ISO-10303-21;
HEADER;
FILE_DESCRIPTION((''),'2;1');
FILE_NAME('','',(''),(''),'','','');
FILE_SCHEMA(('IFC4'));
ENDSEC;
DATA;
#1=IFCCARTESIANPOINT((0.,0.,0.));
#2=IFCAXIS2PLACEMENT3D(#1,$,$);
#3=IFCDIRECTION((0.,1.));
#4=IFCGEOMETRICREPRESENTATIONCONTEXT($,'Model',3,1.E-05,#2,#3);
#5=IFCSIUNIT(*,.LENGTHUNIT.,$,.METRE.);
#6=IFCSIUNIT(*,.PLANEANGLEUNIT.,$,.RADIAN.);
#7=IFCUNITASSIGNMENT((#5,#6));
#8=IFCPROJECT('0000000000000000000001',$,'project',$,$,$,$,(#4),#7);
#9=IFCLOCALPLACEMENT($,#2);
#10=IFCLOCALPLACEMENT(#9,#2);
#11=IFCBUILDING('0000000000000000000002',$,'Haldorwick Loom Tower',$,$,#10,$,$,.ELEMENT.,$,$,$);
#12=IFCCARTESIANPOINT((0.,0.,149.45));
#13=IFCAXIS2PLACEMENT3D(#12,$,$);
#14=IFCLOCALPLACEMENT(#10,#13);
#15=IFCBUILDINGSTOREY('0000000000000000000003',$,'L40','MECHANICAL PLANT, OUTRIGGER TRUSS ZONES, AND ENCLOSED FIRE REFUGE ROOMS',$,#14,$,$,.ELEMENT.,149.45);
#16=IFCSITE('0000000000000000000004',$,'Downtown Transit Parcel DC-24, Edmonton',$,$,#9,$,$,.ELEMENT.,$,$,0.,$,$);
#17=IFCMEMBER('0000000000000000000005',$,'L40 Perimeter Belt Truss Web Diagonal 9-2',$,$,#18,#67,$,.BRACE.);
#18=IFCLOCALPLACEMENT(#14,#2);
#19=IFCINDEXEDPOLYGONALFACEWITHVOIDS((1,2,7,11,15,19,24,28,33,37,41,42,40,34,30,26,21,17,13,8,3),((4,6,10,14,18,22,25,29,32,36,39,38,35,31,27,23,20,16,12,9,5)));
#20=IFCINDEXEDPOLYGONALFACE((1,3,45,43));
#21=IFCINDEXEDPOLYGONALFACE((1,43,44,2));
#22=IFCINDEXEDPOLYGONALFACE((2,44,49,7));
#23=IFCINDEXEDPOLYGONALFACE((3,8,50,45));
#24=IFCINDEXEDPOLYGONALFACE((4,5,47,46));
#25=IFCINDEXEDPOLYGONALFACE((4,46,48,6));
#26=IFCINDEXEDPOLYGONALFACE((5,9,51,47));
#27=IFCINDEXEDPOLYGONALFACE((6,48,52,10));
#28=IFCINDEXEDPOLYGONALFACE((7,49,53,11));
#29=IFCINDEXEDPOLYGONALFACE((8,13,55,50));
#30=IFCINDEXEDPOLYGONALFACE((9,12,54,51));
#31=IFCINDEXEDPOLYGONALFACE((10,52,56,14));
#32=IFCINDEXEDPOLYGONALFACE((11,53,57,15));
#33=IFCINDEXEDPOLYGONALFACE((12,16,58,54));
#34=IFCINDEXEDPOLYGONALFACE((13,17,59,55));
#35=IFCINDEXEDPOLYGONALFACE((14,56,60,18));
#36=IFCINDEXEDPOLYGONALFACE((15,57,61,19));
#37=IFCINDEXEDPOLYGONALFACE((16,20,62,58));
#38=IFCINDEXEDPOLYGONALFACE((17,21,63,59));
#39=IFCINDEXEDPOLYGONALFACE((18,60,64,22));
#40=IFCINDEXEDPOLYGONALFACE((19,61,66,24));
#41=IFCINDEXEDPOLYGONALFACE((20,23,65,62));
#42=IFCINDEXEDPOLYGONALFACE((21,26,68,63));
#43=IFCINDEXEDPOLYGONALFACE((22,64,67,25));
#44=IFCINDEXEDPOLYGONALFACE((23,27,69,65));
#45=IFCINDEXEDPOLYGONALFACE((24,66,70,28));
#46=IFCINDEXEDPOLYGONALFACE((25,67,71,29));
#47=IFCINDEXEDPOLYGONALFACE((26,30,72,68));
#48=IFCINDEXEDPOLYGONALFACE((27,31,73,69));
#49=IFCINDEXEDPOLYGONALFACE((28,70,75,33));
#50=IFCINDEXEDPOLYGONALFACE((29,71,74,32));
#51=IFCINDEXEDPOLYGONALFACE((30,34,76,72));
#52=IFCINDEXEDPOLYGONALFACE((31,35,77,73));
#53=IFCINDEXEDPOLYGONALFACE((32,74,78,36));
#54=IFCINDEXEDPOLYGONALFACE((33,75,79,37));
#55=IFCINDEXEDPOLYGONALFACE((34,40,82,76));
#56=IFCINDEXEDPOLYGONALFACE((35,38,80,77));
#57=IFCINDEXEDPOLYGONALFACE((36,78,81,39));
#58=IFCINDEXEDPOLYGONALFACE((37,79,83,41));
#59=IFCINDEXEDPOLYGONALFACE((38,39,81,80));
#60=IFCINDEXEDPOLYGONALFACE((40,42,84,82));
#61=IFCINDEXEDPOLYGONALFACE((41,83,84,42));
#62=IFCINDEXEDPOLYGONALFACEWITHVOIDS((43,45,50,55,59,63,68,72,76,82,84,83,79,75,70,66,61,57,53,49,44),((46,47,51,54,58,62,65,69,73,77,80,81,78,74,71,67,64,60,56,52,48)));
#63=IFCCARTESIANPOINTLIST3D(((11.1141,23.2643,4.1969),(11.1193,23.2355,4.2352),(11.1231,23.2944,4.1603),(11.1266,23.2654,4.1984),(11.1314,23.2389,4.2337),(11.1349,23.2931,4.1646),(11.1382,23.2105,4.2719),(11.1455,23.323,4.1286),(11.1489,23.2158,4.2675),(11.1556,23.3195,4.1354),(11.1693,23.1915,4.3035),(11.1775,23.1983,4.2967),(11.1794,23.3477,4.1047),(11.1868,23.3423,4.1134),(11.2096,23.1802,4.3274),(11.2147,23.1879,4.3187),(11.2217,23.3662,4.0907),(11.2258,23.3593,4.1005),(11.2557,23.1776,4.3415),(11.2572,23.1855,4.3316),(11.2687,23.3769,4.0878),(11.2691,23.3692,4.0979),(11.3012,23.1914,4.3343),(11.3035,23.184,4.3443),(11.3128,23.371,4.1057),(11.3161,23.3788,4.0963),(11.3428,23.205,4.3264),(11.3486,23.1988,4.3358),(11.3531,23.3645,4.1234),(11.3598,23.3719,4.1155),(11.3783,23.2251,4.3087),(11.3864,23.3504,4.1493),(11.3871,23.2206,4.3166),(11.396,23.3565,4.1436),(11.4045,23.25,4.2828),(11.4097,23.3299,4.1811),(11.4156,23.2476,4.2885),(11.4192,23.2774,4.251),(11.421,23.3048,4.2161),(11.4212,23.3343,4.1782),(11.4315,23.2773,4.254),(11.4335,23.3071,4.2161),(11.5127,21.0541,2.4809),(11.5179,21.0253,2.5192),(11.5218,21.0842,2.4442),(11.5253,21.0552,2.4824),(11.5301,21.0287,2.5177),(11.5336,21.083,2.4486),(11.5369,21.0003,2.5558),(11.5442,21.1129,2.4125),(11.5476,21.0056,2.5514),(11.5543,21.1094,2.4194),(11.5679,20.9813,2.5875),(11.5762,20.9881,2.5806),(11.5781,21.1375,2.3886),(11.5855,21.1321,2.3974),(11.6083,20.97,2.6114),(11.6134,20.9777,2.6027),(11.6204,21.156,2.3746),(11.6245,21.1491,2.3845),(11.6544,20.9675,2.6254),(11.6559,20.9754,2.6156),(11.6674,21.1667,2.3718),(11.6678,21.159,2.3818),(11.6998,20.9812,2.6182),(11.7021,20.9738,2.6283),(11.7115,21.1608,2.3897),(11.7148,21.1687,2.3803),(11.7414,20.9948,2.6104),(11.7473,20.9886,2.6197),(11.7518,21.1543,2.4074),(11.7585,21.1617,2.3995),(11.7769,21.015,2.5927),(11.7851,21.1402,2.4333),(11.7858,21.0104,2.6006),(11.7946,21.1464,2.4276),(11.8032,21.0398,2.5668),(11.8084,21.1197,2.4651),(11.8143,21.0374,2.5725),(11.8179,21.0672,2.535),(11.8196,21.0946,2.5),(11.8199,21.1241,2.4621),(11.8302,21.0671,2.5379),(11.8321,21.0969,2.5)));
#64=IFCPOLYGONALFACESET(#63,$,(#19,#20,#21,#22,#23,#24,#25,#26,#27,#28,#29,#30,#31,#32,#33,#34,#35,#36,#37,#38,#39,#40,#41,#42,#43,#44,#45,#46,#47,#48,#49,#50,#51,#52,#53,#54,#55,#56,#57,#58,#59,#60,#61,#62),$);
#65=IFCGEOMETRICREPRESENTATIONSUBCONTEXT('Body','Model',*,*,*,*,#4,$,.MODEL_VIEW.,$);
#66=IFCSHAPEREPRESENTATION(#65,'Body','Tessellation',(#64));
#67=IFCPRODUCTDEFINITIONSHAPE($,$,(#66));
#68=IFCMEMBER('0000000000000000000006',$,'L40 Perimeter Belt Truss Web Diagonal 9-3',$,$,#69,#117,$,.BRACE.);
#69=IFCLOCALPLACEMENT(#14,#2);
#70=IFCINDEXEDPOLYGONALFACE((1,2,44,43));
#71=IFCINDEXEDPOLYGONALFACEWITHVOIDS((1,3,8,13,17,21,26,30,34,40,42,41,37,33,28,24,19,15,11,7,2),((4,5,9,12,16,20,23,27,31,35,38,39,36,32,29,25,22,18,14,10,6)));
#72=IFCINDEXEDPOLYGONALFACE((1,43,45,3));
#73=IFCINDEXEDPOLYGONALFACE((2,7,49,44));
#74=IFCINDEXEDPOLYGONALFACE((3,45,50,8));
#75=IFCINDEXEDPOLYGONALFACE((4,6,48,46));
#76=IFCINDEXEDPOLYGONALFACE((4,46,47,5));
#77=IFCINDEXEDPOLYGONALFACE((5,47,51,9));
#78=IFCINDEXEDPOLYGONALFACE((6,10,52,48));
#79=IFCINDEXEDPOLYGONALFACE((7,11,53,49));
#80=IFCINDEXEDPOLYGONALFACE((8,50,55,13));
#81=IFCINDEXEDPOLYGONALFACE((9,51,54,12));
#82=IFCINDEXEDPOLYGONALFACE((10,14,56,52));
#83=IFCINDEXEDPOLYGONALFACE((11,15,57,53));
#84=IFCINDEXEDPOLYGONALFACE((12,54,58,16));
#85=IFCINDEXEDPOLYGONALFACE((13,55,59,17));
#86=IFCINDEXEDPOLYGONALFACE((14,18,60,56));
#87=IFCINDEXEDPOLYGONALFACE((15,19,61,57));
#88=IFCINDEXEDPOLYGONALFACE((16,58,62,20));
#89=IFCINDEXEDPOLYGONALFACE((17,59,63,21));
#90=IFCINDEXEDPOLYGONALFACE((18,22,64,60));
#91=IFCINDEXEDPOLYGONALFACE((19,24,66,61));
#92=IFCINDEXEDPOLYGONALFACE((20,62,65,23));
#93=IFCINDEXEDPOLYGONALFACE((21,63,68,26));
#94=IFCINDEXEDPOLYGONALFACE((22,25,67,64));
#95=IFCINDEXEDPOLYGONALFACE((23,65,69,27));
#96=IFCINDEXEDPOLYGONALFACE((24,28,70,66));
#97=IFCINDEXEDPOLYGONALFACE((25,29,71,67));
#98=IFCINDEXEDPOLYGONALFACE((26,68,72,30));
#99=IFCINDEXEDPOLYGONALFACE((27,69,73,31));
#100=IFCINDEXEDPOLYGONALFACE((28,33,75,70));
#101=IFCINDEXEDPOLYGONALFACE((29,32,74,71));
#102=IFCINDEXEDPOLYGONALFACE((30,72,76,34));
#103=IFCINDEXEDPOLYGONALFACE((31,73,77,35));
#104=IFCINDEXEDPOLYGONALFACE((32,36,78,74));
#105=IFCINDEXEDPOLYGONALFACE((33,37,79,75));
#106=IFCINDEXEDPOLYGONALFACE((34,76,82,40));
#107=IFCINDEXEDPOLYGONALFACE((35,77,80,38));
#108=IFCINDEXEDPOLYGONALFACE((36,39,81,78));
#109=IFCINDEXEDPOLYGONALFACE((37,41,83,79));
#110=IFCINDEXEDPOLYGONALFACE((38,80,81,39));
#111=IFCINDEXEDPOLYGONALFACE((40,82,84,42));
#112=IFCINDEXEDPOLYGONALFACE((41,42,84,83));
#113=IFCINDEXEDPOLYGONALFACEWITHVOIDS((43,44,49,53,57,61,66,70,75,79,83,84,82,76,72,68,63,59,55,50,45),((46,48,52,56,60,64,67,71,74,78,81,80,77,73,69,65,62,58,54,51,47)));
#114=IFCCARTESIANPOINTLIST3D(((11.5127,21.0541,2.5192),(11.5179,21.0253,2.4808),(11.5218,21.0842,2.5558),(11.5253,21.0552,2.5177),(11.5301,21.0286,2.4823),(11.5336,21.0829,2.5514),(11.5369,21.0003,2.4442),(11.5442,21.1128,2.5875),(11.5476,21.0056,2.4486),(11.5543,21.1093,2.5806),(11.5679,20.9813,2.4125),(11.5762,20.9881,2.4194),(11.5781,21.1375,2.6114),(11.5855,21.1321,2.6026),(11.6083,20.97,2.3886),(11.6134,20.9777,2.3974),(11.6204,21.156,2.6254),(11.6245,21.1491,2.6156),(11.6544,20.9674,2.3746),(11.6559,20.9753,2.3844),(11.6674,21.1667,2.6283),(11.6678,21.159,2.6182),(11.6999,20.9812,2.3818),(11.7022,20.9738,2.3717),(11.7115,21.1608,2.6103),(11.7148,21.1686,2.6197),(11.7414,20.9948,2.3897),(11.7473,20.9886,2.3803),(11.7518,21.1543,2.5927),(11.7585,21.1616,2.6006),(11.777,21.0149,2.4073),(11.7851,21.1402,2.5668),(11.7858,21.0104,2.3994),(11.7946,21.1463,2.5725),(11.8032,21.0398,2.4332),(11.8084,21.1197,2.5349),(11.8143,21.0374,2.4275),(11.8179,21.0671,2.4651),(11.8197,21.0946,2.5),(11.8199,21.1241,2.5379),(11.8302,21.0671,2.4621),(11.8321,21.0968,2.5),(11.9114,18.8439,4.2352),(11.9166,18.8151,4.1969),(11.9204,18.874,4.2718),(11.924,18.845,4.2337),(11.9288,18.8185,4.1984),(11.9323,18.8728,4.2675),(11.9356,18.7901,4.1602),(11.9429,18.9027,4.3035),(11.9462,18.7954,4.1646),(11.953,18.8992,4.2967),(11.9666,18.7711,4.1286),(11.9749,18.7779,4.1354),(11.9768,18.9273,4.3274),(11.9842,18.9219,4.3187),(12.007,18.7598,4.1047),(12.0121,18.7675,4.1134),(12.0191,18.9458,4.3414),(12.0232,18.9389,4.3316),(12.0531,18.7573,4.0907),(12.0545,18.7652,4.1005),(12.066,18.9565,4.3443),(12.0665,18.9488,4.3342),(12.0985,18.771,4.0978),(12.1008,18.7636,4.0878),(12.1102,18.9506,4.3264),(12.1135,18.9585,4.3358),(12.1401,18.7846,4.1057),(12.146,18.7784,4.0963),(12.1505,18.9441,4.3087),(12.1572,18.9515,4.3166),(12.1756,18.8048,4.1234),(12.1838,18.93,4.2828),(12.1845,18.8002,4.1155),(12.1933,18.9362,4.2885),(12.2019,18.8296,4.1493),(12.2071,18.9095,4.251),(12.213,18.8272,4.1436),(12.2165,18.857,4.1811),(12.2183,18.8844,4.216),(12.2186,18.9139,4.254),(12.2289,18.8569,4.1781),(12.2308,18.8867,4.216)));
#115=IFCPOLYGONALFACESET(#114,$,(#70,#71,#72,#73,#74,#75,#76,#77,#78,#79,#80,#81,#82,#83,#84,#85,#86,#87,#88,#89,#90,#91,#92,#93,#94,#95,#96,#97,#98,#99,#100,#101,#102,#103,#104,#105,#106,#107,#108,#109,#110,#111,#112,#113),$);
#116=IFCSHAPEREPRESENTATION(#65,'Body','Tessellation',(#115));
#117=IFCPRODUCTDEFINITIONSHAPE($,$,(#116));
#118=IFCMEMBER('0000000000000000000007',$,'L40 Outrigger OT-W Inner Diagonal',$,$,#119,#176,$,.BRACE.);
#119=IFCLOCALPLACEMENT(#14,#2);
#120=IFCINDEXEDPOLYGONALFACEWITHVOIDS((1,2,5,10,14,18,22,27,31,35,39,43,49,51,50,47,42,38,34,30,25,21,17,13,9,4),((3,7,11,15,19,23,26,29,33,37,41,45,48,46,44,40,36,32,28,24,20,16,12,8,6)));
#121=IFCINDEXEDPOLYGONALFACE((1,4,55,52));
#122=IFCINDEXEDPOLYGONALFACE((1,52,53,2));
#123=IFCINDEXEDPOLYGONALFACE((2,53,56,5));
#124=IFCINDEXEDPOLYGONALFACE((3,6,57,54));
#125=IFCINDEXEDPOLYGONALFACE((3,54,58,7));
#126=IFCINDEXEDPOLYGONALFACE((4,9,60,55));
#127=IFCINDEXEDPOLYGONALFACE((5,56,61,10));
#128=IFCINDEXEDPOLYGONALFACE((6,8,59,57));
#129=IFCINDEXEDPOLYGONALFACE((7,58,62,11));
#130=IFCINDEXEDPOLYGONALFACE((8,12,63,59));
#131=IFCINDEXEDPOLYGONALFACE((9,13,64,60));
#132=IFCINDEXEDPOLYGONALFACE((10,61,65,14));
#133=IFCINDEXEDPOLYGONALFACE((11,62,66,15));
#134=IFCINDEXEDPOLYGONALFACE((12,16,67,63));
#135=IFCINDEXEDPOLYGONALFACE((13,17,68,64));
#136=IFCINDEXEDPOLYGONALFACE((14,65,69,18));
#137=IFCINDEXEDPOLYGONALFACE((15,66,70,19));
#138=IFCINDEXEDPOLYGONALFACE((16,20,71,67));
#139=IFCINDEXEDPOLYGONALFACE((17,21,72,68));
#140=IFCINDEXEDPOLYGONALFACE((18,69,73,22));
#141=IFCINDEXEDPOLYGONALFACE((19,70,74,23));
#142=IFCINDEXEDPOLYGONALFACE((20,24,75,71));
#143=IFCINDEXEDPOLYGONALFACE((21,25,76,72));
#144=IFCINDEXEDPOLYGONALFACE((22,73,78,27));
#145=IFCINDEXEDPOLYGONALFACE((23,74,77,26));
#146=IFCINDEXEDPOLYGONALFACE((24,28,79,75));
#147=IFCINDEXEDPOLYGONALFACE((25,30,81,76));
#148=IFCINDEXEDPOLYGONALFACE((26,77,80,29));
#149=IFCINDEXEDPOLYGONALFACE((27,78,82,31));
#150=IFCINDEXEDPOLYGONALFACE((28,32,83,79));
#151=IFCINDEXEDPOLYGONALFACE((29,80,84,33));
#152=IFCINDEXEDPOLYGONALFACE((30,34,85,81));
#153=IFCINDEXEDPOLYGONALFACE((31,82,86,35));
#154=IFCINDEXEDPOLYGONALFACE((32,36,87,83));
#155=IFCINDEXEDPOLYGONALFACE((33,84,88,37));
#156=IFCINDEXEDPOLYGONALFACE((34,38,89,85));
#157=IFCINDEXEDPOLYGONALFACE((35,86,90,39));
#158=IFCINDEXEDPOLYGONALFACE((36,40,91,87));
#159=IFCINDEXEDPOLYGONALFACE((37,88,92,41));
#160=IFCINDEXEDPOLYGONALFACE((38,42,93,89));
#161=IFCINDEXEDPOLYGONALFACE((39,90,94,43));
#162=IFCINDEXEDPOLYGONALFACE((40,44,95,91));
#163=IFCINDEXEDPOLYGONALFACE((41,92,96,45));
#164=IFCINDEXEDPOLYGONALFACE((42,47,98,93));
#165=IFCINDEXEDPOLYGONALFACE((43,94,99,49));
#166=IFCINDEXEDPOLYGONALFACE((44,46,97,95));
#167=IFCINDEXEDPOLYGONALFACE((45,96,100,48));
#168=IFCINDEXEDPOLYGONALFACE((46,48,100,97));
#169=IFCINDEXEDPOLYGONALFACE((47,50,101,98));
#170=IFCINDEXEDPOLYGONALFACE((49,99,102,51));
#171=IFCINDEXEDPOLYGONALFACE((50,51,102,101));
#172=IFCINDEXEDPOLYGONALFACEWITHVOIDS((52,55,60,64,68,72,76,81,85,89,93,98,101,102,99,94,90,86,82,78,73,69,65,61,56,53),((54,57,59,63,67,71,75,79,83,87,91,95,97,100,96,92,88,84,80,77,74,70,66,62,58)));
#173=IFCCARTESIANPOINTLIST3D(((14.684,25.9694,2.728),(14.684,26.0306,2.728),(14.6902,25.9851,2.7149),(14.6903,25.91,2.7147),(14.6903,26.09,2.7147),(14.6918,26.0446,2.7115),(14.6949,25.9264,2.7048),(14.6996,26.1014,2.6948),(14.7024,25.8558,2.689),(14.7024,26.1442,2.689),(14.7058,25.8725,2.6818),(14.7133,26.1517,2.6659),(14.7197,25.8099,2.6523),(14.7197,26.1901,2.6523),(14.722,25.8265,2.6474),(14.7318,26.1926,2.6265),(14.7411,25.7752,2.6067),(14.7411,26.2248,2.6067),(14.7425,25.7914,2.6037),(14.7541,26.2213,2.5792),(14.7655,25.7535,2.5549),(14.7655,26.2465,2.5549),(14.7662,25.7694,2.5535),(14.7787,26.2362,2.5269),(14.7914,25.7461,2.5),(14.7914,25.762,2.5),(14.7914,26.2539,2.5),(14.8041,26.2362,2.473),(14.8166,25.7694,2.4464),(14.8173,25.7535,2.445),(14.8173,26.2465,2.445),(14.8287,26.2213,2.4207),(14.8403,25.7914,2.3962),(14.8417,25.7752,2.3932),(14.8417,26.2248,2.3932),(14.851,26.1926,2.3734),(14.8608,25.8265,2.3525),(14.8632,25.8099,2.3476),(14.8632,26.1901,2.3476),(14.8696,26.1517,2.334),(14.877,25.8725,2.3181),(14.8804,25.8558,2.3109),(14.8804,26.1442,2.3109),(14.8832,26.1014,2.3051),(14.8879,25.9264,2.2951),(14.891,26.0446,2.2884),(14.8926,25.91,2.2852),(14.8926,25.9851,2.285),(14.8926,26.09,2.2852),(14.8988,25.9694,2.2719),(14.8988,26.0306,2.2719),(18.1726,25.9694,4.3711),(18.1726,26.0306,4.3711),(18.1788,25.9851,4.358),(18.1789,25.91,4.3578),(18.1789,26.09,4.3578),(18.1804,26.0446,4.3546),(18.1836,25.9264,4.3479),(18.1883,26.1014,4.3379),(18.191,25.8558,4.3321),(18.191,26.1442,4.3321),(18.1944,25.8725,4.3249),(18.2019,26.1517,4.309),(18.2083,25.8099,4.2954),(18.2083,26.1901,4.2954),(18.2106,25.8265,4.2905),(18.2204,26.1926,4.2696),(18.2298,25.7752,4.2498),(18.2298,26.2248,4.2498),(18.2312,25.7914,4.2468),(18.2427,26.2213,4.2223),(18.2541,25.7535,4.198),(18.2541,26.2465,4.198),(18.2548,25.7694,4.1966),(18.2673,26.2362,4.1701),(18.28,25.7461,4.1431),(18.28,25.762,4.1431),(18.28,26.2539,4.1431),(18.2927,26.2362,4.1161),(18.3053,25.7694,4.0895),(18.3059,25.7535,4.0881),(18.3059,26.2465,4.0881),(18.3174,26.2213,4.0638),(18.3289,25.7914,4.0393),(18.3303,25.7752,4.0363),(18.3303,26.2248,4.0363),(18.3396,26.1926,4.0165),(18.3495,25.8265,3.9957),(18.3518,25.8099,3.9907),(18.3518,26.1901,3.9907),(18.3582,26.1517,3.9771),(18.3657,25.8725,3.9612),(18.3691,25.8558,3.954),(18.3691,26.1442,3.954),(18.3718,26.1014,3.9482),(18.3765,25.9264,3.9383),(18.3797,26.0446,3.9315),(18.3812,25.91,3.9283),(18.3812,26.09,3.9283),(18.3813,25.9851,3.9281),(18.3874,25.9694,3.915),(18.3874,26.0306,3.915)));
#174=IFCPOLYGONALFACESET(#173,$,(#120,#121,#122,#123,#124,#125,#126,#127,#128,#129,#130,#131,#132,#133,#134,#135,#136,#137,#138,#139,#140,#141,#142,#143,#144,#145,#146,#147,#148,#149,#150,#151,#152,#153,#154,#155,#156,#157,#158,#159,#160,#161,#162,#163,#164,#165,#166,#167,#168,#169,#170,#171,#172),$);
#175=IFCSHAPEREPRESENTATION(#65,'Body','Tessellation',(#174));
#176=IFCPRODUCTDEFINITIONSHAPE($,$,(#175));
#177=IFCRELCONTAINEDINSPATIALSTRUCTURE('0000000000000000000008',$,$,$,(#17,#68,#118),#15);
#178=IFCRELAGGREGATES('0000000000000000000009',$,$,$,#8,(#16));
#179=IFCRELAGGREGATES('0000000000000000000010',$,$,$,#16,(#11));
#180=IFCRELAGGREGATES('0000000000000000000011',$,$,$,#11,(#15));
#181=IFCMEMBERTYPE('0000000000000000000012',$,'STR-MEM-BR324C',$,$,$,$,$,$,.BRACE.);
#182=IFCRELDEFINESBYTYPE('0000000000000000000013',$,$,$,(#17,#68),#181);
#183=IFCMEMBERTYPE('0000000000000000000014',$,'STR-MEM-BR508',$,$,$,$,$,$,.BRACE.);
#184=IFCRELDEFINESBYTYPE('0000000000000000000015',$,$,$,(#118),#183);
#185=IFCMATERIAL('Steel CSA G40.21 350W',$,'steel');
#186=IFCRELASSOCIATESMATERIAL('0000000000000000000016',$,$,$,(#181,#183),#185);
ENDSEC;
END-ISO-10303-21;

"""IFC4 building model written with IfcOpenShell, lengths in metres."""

from ifc_helpers import new_model, si_unit, direction, frame, origin, origin_2d, place, context, subcontext, project, spatial, hollow_circle, extrude, material, material_profile, profile_set, type_object, element, save


model = new_model("IFC4")

# Units and contexts
model_context = context("Model", 3, precision=1e-05, world=origin(), true_north=direction((0.0, 1.0)))
body_context = subcontext(model_context, "Body", "Model", "MODEL_VIEW")
ifc_project = project(units=[si_unit("LENGTHUNIT", "METRE"), si_unit("PLANEANGLEUNIT", "RADIAN")], contexts=[model_context])

# Site, building, storey
site_placement = place(None, origin())
site = spatial("IfcSite", under=ifc_project, at=site_placement, Name="Downtown Transit Parcel DC-24, Edmonton", CompositionType="ELEMENT", RefElevation=0.0)
building_placement = place(site_placement, origin())
building = spatial("IfcBuilding", under=site, at=building_placement, Name="Haldorwick Loom Tower", CompositionType="ELEMENT")
storey_placement = place(building_placement, frame((0.0, 0.0, 149.45)))
storey = spatial("IfcBuildingStorey", under=building, at=storey_placement, Name="L40", Description="MECHANICAL PLANT, OUTRIGGER TRUSS ZONES, AND ENCLOSED FIRE REFUGE ROOMS", CompositionType="ELEMENT", Elevation=149.45)

# Shared definitions
ifc_material_1 = material(Name="Steel CSA G40.21 350W", Category="steel")

# Members
ifc_material_profile_1 = material_profile(ifc_material_1, hollow_circle(Radius=0.1619, WallThickness=0.0127, at=origin_2d()), Name="HSS324X13", Category="steel")
ifc_profile_set_1 = profile_set([ifc_material_profile_1], Name="Steel CSA G40.21 350W")
member_type_1 = type_object("IfcMemberType", Name="STR-MEM-BR324C", PredefinedType="BRACE", material=ifc_profile_set_1)
for number, where, z_axis, x_axis, name in (
    (1, (11.2742, 23.2783, 4.2161), (0.141054, -0.781972, -0.607144), (0.984118, 0.177517, 0.0), "L40 Perimeter Belt Truss Web Diagonal 9-2"),
    (2, (11.6729, 21.0681, 2.5), (0.141054, -0.781972, 0.607144), (0.984118, 0.177517, 0.0), "L40 Perimeter Belt Truss Web Diagonal 9-3"),
):
    element("IfcMember", number, at=place(storey_placement, frame(where, z_axis=z_axis, x_axis=x_axis)), inside=storey, type_object=member_type_1, Name=name, PredefinedType="BRACE", context=body_context, shape_type="SweptSolid", body=[
        extrude(hollow_circle(Radius=0.1619, WallThickness=0.0127, at=origin_2d()), origin(), (0.0, 0.0, 1.0), 2.8264),
    ])
ifc_material_profile_2 = material_profile(ifc_material_1, hollow_circle(Radius=0.2539, WallThickness=0.0159, at=origin_2d()), Name="HSS508X16", Category="steel")
ifc_profile_set_2 = profile_set([ifc_material_profile_2], Name="Steel CSA G40.21 350W")
member_type_2 = type_object("IfcMemberType", Name="STR-MEM-BR508", PredefinedType="BRACE", material=ifc_profile_set_2)
for number, where, z_axis, x_axis, name in (
    (3, (18.28, 26.0, 4.1431), (-0.904678, 0.0, -0.426096), (0.0, -1.0, 0.0), "L40 Outrigger OT-W Inner Diagonal"),
):
    element("IfcMember", number, at=place(storey_placement, frame(where, z_axis=z_axis, x_axis=x_axis)), inside=storey, type_object=member_type_2, Name=name, PredefinedType="BRACE", context=body_context, shape_type="SweptSolid", body=[
        extrude(hollow_circle(Radius=0.2539, WallThickness=0.0159, at=origin_2d()), origin(), (0.0, 0.0, 1.0), 3.8562),
    ])

save(model, "model.ifc")
